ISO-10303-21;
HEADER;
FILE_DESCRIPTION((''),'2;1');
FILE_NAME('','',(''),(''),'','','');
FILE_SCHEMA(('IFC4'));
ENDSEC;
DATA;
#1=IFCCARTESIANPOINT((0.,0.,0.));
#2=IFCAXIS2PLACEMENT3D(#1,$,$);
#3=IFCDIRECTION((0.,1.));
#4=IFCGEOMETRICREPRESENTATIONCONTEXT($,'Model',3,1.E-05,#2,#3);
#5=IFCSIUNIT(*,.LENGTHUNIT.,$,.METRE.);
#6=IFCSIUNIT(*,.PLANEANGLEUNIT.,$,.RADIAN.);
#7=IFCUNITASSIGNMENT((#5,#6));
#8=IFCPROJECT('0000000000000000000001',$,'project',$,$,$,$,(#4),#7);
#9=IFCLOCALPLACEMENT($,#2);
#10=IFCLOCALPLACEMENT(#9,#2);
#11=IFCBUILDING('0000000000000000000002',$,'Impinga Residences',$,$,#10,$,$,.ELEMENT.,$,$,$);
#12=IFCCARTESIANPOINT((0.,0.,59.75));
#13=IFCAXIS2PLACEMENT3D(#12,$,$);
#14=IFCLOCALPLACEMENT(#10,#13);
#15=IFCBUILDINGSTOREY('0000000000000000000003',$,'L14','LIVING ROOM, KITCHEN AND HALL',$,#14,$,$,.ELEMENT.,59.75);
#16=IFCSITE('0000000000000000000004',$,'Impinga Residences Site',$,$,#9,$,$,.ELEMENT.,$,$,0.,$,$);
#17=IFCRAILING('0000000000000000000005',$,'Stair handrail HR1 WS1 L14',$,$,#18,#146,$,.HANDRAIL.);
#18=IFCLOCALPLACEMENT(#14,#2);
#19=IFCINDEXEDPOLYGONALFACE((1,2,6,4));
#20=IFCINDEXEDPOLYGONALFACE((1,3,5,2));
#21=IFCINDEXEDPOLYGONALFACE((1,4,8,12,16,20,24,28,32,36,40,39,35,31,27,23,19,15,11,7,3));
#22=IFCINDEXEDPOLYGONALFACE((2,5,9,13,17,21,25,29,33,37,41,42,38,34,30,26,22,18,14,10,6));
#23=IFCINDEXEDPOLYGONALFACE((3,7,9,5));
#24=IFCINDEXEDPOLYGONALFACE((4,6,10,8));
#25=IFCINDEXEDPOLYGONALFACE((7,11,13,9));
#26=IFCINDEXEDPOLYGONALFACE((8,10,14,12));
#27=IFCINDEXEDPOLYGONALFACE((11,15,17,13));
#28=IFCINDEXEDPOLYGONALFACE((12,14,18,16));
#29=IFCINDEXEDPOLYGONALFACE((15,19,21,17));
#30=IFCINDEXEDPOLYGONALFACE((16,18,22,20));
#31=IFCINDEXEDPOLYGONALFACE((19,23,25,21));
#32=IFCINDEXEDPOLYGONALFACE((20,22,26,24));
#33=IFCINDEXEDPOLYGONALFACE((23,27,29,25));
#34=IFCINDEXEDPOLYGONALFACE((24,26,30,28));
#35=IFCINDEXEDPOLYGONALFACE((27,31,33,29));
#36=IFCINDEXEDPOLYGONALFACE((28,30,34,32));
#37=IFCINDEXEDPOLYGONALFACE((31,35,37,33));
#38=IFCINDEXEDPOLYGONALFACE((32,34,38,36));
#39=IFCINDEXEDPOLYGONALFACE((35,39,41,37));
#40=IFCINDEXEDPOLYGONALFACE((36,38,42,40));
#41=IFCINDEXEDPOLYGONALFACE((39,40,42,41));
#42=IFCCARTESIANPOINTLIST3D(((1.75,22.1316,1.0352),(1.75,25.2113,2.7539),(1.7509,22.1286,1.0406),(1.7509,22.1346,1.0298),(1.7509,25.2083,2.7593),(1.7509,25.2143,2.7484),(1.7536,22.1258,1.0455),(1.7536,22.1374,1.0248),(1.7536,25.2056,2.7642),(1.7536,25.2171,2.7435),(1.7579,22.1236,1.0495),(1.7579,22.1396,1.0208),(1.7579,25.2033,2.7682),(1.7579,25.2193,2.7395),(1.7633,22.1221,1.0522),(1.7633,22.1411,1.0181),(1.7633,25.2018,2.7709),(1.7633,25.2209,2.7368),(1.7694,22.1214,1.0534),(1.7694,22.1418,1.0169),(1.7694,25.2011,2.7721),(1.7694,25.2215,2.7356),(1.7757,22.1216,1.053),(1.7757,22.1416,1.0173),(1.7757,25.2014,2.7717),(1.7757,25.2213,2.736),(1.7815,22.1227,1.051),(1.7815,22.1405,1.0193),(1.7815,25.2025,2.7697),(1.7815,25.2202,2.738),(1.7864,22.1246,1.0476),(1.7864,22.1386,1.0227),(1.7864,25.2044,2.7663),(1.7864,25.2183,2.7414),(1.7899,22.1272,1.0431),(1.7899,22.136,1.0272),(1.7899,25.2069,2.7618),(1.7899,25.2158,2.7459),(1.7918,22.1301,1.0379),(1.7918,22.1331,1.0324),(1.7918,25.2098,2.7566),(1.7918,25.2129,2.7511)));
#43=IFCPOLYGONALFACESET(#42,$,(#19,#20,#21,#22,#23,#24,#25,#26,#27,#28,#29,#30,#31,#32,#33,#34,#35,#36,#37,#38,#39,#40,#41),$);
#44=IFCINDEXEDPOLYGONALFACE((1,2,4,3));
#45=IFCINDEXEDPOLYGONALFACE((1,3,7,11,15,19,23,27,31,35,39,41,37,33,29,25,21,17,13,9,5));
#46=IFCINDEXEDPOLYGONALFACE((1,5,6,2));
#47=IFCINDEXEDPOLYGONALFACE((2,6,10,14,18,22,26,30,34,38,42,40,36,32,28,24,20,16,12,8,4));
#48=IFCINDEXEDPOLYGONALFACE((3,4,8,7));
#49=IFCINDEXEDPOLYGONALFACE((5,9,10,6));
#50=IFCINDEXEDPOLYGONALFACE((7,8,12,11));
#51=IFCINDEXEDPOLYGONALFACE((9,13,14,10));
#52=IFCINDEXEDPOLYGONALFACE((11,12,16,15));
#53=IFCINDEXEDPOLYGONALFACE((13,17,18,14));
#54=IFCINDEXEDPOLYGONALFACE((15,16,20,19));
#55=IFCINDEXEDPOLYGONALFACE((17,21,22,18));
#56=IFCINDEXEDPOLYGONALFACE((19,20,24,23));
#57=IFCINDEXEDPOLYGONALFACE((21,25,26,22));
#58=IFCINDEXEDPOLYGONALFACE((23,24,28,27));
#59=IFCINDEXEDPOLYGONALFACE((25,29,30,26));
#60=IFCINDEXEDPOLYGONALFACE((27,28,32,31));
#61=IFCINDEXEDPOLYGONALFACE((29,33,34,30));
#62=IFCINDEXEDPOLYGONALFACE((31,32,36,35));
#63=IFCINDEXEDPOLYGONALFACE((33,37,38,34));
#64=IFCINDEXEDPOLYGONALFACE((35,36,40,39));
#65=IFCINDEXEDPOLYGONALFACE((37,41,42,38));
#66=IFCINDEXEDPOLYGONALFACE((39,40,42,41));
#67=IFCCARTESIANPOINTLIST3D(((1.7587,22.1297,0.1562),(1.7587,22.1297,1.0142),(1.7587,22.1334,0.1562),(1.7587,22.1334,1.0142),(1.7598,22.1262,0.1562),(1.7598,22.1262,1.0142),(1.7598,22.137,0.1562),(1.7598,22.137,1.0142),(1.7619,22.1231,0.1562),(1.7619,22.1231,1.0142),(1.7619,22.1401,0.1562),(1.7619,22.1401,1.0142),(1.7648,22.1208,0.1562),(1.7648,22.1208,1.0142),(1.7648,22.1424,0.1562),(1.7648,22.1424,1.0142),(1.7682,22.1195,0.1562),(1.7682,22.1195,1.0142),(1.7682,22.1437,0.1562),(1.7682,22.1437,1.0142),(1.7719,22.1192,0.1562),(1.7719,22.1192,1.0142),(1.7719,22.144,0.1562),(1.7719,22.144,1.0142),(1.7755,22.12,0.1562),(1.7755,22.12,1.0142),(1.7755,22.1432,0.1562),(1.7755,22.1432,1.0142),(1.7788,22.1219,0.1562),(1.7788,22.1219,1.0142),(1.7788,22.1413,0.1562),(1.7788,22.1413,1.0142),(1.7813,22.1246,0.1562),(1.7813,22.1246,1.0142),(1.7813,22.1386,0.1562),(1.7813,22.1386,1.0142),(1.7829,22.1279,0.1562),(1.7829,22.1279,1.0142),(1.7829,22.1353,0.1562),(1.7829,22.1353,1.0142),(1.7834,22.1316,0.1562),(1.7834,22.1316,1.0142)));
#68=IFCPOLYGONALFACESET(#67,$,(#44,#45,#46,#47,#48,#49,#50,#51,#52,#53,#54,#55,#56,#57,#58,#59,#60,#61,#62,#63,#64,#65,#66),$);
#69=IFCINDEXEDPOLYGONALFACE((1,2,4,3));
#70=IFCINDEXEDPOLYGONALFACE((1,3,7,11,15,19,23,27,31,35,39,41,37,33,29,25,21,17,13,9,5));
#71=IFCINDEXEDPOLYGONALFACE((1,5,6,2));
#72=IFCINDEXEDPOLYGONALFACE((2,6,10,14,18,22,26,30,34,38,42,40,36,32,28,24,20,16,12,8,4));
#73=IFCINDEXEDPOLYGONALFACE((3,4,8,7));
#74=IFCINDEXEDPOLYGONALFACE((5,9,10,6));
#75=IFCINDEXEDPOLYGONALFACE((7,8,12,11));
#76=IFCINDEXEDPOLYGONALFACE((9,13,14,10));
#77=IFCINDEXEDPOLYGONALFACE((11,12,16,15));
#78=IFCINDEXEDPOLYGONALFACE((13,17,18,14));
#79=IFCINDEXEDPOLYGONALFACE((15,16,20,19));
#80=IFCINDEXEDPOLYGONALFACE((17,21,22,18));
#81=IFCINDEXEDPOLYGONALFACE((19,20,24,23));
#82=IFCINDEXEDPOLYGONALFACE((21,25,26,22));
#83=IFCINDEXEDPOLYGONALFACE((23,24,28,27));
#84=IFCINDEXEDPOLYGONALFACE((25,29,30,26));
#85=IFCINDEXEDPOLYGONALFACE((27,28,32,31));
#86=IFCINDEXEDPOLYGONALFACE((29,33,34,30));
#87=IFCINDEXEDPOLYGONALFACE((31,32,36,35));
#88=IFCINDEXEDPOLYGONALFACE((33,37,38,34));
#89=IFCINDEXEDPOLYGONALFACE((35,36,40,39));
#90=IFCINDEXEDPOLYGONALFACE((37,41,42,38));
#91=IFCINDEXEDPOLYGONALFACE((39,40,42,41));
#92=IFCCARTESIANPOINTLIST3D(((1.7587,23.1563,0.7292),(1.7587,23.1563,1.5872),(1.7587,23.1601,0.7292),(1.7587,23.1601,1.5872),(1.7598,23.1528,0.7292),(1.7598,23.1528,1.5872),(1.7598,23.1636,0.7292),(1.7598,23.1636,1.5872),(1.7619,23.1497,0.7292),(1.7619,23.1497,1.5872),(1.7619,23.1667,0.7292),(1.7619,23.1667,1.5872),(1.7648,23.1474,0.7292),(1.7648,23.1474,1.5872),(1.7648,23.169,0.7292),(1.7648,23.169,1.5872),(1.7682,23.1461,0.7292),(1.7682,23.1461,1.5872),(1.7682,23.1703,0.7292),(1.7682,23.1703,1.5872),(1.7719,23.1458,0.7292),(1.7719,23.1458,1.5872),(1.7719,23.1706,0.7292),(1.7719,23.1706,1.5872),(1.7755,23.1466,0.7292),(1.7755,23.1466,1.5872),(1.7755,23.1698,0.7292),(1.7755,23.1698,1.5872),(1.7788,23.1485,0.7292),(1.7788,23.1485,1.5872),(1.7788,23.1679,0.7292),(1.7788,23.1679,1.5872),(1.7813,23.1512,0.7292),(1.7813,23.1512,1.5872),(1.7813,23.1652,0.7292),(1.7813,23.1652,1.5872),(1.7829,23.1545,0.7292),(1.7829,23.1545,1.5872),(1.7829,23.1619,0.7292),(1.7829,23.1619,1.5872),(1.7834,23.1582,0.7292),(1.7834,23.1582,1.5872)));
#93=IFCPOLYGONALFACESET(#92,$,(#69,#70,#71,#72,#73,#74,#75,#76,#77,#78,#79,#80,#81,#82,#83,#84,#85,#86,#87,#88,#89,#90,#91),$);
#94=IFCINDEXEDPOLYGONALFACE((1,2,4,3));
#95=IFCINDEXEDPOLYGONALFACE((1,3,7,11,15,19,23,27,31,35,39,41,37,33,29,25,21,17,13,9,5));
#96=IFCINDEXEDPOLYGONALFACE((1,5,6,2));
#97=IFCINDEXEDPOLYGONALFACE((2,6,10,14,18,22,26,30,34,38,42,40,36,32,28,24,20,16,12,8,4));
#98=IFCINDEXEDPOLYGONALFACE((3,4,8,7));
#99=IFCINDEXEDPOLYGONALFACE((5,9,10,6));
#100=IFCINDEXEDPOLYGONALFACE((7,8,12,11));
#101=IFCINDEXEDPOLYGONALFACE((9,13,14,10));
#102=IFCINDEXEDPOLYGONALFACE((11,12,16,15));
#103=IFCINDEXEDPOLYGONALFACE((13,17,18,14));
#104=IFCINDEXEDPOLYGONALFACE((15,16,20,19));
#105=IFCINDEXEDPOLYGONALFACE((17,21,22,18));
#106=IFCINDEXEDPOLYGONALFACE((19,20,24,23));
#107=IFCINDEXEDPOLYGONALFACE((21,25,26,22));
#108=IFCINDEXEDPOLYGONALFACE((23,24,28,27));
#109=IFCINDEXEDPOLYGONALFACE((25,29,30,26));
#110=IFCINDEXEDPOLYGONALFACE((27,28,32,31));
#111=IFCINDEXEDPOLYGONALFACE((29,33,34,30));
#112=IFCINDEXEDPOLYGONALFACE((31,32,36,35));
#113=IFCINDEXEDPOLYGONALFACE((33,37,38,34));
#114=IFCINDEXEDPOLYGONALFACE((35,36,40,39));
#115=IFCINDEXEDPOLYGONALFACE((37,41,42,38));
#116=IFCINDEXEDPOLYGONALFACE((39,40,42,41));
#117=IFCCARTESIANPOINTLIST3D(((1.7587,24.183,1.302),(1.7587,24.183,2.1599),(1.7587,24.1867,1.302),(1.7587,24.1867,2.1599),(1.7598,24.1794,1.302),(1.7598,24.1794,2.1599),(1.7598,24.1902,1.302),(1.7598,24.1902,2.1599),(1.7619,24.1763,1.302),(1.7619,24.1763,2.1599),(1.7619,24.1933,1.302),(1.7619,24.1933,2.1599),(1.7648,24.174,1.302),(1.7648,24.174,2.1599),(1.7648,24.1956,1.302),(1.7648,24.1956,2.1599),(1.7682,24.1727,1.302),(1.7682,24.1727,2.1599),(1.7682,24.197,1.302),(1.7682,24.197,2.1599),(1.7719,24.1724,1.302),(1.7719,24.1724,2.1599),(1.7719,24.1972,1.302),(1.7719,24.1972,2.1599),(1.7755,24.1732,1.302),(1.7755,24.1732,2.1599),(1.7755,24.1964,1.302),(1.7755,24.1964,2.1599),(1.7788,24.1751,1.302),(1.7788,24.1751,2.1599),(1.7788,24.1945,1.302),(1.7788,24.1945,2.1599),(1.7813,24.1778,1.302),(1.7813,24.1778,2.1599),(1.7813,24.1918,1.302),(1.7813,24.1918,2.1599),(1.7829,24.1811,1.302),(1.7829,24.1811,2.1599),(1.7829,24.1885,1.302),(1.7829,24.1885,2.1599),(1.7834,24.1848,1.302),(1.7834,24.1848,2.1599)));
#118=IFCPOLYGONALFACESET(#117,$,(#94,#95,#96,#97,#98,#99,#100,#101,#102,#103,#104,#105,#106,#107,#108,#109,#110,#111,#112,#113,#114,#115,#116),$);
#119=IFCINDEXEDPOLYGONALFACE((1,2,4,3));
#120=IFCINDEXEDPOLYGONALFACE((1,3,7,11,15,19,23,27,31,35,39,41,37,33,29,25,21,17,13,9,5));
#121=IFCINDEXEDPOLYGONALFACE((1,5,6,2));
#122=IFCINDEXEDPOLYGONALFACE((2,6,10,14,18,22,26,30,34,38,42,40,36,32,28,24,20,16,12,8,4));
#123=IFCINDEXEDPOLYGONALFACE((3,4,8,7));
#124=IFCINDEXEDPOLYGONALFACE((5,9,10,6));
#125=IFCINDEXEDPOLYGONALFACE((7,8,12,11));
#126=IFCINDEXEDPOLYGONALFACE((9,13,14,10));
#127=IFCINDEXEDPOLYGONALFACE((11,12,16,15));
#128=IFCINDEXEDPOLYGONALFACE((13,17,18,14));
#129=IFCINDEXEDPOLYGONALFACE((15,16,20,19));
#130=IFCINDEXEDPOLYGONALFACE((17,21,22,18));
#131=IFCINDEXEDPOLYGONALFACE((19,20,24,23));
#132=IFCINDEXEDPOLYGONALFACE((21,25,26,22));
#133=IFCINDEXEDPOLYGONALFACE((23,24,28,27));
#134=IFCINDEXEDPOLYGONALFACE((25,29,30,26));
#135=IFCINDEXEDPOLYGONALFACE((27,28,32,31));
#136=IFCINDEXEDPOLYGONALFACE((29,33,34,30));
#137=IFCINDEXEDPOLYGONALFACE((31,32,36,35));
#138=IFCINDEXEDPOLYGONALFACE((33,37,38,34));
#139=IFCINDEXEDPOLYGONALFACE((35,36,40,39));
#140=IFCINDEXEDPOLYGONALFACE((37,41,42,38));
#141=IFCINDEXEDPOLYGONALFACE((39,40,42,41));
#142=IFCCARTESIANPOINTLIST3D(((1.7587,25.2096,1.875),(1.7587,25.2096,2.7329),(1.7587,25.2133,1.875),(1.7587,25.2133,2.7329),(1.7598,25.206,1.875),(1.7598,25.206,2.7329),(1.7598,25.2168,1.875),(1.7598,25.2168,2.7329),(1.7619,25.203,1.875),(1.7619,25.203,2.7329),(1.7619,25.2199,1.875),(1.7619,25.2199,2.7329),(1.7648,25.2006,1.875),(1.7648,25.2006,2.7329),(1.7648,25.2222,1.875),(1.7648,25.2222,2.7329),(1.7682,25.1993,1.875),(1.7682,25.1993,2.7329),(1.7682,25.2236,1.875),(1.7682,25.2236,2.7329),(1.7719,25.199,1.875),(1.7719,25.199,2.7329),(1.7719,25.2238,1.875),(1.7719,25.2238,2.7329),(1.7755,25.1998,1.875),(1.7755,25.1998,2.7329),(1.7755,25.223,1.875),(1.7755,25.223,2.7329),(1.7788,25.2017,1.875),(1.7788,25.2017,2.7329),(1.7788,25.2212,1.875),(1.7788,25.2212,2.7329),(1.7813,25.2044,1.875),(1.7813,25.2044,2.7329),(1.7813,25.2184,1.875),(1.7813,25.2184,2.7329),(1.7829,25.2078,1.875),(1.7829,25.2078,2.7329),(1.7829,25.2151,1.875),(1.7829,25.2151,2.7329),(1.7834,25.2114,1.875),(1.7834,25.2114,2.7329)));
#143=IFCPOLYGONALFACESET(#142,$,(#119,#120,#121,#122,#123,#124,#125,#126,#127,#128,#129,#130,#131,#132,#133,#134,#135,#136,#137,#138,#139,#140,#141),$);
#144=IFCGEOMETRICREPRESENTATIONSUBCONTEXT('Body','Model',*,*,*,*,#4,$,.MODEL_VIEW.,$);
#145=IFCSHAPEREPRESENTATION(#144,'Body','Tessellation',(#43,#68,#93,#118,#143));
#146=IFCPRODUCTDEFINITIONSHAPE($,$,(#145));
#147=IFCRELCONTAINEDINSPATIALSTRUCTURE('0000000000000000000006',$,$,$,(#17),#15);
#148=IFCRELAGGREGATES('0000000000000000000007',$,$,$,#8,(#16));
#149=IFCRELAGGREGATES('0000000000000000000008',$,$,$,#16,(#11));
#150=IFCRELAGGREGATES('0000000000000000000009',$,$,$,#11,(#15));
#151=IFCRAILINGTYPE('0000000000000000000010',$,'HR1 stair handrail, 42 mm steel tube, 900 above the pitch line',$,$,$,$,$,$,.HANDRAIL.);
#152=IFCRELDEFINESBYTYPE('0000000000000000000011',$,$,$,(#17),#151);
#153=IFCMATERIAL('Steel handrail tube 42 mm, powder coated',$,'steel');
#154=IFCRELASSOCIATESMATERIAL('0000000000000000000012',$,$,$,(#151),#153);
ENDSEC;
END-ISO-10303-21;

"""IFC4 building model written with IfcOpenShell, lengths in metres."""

from ifc_helpers import new_model, si_unit, direction, frame, origin, origin_2d, place, context, subcontext, project, spatial, circle, extrude, material, type_object, element, save


model = new_model("IFC4")

# Units and contexts
model_context = context("Model", 3, precision=1e-05, world=origin(), true_north=direction((0.0, 1.0)))
body_context = subcontext(model_context, "Body", "Model", "MODEL_VIEW")
ifc_project = project(units=[si_unit("LENGTHUNIT", "METRE"), si_unit("PLANEANGLEUNIT", "RADIAN")], contexts=[model_context])

# Site, building, storey
site_placement = place(None, origin())
site = spatial("IfcSite", under=ifc_project, at=site_placement, Name="Impinga Residences Site", CompositionType="ELEMENT", RefElevation=0.0)
building_placement = place(site_placement, origin())
building = spatial("IfcBuilding", under=site, at=building_placement, Name="Impinga Residences", CompositionType="ELEMENT")
storey_placement = place(building_placement, frame((0.0, 0.0, 59.75)))
storey = spatial("IfcBuildingStorey", under=building, at=storey_placement, Name="L14", Description="LIVING ROOM, KITCHEN AND HALL", CompositionType="ELEMENT", Elevation=59.75)

# Railing
ifc_material_1 = material(Name="Steel handrail tube 42 mm, powder coated", Category="steel")
railing_type_1 = type_object("IfcRailingType", Name="HR1 stair handrail, 42 mm steel tube, 900 above the pitch line", PredefinedType="HANDRAIL", material=ifc_material_1)
railing_1_placement = place(storey_placement, frame((1.771, 22.1316, 0.1562)))
element("IfcRailing", 1, at=railing_1_placement, inside=storey, type_object=railing_type_1, Name="Stair handrail HR1 WS1 L14", PredefinedType="HANDRAIL", context=body_context, shape_type="SweptSolid", body=[
    extrude(circle(Radius=0.021, at=origin_2d()), frame((0.0, 0.0, 0.8789), z_axis=(0.0, 0.873225, 0.487317), x_axis=(-1.0, 0.0, 0.0)), (0.0, 0.0, 1.0), 3.5269),
    extrude(circle(Radius=0.0125, at=origin_2d()), origin(), (0.0, 0.0, 1.0), 0.8579),
    extrude(circle(Radius=0.0125, at=origin_2d()), frame((0.0, 1.0266, 0.573)), (0.0, 0.0, 1.0), 0.8579),
    extrude(circle(Radius=0.0125, at=origin_2d()), frame((0.0, 2.0532, 1.1458)), (0.0, 0.0, 1.0), 0.8579),
    extrude(circle(Radius=0.0125, at=origin_2d()), frame((0.0, 3.0798, 1.7188)), (0.0, 0.0, 1.0), 0.8579),
])

save(model, "model.ifc")
